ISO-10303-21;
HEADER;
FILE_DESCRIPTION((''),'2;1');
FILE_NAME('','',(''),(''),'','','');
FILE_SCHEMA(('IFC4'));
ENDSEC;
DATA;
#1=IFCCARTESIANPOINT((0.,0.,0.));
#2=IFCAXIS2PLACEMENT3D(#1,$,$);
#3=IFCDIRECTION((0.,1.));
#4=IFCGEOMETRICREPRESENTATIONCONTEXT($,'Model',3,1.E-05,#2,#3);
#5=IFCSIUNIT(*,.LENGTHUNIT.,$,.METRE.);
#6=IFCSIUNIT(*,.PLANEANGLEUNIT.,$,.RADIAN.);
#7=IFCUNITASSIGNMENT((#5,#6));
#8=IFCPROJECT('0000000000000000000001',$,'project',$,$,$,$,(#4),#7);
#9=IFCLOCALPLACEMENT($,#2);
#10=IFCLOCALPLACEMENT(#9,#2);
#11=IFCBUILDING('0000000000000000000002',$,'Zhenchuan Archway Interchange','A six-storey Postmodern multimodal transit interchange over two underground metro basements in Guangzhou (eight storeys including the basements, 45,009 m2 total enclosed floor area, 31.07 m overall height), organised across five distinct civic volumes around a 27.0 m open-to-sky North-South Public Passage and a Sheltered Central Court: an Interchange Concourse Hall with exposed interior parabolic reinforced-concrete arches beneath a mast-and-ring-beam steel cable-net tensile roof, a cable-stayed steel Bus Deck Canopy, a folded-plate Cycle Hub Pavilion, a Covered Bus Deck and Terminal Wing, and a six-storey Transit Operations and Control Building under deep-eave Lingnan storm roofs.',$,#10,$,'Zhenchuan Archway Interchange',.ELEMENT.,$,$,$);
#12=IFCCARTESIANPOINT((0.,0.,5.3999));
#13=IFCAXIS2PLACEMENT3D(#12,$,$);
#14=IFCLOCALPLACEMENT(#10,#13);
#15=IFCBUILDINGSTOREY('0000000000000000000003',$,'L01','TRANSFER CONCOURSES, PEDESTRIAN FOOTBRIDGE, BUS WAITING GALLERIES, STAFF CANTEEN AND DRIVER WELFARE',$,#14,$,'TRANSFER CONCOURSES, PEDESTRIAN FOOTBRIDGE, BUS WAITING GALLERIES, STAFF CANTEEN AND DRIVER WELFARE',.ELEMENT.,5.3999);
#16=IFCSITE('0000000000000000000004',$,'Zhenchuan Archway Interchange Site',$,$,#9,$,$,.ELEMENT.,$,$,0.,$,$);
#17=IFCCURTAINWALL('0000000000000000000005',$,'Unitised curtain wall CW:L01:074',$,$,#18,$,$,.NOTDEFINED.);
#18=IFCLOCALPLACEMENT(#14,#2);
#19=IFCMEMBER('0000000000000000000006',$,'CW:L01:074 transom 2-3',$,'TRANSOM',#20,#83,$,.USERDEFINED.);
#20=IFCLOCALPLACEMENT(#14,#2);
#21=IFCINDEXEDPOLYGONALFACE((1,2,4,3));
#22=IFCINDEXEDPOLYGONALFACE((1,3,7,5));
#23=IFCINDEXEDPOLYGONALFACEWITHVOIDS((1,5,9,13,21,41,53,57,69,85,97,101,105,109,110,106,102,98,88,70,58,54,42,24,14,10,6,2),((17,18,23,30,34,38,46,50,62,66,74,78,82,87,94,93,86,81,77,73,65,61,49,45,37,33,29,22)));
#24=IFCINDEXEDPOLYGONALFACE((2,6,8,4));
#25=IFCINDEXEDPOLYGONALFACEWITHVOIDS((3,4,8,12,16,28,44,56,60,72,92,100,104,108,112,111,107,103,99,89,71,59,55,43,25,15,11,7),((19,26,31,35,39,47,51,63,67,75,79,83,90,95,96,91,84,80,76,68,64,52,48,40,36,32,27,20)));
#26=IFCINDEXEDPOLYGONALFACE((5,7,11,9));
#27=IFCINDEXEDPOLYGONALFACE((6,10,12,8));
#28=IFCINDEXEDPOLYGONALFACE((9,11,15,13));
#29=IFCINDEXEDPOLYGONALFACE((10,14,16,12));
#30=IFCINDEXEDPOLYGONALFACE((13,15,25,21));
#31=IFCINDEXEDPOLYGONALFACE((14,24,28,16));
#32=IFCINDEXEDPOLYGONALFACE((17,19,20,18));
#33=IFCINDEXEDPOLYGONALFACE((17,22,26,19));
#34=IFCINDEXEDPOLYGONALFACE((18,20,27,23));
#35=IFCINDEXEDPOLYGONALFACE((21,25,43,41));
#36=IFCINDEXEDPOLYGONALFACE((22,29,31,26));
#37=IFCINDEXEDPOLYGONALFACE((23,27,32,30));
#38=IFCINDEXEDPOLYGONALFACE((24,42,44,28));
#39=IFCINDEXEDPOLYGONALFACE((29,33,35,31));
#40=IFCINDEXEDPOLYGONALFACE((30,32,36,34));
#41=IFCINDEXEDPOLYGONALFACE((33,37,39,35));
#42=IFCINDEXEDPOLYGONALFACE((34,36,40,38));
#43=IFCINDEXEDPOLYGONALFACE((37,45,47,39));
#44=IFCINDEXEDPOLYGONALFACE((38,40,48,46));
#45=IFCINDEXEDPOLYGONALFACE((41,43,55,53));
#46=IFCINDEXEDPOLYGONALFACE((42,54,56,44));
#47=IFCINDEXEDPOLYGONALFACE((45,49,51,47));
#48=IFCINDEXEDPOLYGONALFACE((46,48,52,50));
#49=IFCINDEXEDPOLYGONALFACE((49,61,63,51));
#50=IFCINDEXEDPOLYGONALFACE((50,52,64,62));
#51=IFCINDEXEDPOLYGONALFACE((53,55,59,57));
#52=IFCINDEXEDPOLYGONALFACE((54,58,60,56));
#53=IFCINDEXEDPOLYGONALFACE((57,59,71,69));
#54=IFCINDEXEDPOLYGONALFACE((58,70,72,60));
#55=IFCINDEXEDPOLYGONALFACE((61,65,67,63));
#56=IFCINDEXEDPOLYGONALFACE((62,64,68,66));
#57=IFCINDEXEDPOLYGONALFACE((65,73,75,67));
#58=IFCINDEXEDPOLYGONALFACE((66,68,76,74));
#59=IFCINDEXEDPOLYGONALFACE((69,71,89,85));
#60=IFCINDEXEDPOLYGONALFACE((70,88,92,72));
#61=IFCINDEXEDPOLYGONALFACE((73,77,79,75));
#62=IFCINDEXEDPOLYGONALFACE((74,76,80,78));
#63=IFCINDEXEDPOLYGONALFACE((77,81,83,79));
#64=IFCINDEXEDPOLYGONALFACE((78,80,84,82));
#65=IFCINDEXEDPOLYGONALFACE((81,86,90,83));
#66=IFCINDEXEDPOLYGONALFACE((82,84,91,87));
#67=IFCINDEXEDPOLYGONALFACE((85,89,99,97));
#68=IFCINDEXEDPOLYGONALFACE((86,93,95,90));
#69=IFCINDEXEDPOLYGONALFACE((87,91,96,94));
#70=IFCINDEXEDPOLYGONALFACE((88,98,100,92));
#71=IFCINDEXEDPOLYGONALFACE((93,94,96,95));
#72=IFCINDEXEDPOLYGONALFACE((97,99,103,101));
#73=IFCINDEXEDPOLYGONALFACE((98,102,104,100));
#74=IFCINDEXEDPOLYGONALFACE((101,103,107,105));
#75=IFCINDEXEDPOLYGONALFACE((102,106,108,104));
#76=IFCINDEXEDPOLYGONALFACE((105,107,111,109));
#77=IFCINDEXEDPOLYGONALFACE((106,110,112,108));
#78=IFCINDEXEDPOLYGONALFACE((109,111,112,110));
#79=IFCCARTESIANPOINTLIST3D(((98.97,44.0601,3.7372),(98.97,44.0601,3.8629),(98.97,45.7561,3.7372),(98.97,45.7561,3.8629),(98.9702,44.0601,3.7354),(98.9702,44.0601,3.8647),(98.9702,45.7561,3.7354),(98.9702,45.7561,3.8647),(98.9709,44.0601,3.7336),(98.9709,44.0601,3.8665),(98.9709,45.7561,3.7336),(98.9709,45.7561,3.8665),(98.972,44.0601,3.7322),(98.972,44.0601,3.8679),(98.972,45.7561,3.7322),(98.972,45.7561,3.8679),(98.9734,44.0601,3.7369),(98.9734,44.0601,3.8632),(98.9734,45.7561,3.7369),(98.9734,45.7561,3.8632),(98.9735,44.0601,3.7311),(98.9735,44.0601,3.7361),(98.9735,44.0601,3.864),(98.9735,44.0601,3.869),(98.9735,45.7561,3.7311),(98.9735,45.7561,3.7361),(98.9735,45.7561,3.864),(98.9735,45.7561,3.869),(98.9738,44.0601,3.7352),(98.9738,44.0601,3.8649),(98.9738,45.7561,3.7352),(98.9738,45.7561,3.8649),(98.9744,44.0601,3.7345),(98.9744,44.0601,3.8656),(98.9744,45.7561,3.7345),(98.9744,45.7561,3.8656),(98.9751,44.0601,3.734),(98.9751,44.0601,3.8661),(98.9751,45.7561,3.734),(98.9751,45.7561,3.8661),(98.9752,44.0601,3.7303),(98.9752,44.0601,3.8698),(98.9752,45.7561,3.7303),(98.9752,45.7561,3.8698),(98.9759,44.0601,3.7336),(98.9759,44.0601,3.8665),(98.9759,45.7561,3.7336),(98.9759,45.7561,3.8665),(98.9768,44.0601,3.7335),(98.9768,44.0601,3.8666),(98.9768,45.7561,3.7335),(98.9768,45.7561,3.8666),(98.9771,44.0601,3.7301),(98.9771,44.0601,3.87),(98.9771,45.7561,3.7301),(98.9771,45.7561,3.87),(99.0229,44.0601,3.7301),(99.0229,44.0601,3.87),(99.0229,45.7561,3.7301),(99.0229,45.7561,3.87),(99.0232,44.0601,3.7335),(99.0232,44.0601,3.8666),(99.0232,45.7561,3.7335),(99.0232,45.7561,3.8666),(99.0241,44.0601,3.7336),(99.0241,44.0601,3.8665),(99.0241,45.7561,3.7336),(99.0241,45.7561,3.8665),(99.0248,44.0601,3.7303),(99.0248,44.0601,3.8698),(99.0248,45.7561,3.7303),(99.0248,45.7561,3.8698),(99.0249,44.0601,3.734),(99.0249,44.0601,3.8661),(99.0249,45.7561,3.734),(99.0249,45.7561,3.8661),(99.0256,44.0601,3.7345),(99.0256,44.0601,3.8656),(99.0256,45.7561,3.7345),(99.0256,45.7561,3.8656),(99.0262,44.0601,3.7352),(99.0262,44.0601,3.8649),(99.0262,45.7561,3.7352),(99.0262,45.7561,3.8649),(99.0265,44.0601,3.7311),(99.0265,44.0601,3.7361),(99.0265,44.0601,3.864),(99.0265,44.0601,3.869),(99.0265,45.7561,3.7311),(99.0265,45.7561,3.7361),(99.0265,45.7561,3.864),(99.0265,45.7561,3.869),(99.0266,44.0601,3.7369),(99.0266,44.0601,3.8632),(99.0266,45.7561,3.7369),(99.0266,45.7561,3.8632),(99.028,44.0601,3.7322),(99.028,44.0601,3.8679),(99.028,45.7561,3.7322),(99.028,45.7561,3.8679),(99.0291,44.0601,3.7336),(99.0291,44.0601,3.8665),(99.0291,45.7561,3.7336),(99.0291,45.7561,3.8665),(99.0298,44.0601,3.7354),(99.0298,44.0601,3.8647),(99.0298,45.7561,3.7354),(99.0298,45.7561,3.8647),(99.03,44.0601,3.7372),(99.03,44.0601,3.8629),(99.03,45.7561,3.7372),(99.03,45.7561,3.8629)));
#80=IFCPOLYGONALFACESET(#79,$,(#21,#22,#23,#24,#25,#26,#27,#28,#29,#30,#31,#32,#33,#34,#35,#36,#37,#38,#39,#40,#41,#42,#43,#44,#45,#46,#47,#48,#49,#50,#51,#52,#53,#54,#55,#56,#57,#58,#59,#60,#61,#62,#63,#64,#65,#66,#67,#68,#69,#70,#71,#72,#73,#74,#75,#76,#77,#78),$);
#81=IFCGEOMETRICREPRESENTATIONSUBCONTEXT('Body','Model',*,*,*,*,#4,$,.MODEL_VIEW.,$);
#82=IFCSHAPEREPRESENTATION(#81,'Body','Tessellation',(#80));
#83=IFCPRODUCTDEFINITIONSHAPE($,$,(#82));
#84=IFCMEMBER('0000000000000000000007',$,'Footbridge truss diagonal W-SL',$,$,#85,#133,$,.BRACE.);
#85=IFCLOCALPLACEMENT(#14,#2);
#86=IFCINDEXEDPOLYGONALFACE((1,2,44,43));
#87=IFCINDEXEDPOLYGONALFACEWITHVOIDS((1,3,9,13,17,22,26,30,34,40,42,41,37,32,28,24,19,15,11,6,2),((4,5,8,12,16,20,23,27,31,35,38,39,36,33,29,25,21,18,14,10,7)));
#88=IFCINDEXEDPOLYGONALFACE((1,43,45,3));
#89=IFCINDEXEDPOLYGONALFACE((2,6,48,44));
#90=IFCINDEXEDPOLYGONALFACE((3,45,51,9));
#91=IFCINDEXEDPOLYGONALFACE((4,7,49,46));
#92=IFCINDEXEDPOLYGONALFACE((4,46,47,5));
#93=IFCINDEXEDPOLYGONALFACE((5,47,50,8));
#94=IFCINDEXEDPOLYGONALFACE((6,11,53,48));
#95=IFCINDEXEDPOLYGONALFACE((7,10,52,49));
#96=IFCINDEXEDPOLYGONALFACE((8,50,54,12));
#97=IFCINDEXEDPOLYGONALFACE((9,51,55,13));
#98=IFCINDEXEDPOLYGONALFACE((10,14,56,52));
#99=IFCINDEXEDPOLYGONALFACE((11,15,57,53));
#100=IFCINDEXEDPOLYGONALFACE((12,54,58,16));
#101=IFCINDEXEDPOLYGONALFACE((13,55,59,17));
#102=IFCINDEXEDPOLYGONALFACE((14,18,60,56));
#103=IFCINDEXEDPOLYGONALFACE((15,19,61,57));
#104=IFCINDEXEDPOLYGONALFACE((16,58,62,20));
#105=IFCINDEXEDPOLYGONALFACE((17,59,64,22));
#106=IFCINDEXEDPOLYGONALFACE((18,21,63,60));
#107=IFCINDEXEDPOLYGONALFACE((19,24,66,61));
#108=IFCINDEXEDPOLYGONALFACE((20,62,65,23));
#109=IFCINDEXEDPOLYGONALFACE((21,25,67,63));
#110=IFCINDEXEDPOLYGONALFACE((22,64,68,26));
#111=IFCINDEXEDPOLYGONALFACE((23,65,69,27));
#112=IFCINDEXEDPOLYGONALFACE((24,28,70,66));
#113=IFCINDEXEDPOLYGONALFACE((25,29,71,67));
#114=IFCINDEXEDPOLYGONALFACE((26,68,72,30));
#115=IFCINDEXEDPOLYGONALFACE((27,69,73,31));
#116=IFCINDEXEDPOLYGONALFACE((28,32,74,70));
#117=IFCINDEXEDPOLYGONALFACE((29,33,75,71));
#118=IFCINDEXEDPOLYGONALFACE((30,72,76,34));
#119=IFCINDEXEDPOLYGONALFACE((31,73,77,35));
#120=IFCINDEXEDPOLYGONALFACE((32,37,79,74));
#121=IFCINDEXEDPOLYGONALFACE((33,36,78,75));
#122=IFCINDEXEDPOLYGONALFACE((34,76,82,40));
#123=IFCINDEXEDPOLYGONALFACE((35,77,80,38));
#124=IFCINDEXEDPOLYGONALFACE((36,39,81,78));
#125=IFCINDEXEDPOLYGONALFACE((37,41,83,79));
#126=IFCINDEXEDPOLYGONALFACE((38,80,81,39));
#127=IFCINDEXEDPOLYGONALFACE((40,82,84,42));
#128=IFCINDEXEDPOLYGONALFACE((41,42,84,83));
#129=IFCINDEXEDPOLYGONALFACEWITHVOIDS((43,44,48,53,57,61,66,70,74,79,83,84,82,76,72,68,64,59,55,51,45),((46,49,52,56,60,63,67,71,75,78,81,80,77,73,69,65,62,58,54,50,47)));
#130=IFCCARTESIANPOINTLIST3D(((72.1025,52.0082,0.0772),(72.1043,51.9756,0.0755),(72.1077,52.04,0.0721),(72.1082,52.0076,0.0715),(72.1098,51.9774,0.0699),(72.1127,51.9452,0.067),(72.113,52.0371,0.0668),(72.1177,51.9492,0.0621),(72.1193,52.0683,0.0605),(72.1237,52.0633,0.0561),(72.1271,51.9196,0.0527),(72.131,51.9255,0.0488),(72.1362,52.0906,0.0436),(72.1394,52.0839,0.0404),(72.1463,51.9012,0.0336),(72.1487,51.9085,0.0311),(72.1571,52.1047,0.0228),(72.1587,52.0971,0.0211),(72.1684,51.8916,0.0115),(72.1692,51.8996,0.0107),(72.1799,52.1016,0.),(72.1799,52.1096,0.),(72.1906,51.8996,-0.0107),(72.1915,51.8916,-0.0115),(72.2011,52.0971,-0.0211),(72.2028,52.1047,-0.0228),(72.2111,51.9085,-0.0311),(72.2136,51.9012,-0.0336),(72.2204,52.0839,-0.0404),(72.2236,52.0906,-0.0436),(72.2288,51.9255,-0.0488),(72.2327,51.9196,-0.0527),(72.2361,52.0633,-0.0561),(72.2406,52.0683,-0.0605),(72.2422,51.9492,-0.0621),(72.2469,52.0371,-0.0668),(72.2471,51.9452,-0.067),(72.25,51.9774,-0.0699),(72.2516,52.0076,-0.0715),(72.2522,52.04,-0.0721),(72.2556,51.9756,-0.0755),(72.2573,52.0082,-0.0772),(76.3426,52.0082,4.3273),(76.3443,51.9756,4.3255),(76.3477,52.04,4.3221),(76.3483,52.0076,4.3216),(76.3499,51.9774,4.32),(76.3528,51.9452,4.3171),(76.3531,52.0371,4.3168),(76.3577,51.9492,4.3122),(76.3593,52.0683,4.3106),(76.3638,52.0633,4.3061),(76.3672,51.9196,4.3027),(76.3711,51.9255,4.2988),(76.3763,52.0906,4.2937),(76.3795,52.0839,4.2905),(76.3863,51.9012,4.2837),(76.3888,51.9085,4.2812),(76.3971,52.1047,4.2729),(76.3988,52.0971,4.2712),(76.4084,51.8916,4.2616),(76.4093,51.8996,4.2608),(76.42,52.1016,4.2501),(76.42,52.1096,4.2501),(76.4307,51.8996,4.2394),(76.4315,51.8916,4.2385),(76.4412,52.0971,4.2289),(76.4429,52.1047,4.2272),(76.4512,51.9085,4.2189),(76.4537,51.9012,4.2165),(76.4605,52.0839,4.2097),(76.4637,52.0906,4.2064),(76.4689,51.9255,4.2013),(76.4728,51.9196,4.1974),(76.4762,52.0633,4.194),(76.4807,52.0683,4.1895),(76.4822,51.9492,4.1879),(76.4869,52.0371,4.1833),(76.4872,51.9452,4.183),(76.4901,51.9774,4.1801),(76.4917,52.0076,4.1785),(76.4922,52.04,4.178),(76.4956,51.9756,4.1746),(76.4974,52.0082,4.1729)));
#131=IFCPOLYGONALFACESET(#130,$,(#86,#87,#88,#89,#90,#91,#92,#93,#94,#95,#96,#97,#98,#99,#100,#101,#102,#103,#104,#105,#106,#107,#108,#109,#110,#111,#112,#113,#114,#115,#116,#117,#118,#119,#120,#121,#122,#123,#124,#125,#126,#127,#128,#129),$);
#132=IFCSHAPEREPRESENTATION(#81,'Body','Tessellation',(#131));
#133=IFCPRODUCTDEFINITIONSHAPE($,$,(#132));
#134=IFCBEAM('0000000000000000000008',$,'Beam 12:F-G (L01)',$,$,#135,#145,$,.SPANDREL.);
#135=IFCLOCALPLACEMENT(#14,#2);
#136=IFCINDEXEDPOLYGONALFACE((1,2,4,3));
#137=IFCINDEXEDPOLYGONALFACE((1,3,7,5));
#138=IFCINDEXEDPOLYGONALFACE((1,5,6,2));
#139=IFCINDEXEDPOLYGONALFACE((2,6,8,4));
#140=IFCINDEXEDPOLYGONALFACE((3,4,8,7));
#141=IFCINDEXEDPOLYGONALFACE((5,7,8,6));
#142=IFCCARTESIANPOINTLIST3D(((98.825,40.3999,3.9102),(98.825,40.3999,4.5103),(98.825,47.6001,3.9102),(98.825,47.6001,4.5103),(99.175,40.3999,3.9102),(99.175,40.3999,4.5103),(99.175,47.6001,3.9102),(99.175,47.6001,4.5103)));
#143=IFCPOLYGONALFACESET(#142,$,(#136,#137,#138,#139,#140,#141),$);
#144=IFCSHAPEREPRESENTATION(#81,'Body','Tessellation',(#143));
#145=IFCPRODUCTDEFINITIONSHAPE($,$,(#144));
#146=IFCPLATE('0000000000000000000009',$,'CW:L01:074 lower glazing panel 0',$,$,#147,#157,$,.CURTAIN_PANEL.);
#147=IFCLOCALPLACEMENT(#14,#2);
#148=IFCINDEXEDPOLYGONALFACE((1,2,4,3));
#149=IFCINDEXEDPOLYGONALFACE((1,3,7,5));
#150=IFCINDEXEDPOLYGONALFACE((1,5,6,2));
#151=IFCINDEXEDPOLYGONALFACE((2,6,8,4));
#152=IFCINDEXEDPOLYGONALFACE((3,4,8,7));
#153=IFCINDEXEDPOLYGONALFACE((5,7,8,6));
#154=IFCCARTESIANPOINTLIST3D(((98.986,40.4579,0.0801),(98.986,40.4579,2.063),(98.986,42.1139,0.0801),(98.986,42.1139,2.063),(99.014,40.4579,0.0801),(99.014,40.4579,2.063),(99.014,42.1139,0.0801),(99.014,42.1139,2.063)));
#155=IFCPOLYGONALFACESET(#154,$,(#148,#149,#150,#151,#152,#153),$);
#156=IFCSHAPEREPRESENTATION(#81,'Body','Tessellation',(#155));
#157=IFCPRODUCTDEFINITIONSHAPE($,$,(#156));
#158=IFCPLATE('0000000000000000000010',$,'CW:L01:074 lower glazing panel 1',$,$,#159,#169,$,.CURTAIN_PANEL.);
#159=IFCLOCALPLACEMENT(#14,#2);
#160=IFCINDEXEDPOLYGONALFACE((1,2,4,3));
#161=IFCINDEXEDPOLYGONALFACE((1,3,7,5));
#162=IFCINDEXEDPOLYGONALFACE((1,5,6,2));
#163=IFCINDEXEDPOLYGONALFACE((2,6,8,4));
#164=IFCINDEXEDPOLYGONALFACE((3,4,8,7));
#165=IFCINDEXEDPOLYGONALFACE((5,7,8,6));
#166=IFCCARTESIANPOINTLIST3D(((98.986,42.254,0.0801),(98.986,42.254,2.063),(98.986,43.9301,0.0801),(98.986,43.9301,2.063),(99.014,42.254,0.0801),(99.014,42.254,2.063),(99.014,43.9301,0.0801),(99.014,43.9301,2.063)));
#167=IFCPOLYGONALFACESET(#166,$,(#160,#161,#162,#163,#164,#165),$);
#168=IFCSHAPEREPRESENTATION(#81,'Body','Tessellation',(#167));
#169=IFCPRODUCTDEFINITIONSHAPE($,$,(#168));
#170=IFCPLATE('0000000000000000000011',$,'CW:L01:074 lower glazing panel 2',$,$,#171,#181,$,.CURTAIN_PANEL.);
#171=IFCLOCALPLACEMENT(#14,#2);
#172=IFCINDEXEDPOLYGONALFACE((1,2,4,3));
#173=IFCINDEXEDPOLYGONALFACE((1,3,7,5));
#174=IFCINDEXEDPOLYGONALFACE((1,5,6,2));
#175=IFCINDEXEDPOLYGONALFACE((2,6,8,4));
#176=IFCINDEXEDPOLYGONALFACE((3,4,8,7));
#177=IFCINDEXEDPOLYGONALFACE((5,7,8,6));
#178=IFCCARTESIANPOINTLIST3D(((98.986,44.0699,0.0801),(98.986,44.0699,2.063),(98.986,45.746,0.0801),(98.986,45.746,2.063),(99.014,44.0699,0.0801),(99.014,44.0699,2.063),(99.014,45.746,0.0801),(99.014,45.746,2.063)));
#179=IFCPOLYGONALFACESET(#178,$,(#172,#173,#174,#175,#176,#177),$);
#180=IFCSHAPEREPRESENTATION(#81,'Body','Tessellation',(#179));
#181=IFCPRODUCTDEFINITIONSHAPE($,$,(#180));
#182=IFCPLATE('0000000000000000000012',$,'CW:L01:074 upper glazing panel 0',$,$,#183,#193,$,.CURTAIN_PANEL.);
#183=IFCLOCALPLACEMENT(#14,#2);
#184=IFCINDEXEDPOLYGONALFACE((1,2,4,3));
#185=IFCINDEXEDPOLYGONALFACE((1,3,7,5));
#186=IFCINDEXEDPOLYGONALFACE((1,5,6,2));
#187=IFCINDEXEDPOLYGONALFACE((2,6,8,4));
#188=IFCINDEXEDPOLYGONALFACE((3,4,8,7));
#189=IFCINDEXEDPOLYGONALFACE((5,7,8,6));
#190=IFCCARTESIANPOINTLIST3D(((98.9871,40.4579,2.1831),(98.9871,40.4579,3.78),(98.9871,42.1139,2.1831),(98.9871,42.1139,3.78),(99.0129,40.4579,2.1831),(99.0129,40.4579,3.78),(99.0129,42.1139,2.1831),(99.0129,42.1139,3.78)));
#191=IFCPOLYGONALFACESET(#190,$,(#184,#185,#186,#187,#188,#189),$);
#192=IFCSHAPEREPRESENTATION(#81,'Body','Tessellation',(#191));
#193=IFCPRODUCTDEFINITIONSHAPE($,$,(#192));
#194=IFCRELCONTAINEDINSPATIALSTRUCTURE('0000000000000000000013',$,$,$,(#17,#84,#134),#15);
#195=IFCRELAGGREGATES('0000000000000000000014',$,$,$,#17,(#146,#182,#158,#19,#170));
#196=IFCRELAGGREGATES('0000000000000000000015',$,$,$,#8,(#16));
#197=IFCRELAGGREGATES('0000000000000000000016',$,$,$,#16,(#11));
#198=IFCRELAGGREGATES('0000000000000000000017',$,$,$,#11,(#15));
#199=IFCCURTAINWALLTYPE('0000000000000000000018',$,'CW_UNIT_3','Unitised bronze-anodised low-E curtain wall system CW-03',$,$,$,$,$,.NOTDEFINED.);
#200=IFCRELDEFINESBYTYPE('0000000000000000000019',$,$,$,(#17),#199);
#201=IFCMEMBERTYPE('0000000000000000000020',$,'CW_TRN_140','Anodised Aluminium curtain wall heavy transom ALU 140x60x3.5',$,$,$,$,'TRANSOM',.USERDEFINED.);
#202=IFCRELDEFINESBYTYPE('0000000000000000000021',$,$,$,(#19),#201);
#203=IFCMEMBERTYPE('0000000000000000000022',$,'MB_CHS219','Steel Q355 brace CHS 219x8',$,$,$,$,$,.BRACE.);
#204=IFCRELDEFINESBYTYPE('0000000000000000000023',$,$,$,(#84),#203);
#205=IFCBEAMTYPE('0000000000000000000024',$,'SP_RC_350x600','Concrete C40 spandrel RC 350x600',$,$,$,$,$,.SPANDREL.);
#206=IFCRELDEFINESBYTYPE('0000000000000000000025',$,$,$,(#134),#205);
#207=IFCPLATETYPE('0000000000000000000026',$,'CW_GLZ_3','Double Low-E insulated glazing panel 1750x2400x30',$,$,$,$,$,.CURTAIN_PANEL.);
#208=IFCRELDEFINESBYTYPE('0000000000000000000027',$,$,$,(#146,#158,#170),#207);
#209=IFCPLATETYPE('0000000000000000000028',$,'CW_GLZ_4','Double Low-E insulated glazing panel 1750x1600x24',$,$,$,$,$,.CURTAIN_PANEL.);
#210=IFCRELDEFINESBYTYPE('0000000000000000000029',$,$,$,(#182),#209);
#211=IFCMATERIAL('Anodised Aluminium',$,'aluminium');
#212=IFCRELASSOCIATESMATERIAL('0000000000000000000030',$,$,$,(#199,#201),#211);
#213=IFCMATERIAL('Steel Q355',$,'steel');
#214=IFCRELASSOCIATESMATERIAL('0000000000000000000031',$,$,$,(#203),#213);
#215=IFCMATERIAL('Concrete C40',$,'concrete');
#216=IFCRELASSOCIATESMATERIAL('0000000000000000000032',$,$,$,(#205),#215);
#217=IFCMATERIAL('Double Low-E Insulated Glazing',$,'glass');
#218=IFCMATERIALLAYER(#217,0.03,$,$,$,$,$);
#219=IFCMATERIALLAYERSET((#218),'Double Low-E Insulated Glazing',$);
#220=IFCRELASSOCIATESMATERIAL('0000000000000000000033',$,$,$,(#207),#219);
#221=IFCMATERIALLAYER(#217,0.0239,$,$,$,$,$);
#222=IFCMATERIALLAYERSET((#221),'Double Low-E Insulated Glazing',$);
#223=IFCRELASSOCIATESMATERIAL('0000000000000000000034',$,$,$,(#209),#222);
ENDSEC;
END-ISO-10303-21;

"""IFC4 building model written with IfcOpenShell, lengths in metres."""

from ifc_helpers import new_model, si_unit, direction, frame, origin, origin_2d, place, context, subcontext, project, spatial, rectangle, hollow_rectangle, hollow_circle, extrude, material, layer, layer_set, material_profile, profile_set, type_object, element, aggregate, save


model = new_model("IFC4")

# Units and contexts
model_context = context("Model", 3, precision=1e-05, world=origin(), true_north=direction((0.0, 1.0)))
body_context = subcontext(model_context, "Body", "Model", "MODEL_VIEW")
ifc_project = project(units=[si_unit("LENGTHUNIT", "METRE"), si_unit("PLANEANGLEUNIT", "RADIAN")], contexts=[model_context])

# Site, building, storey
site_placement = place(None, origin())
site = spatial("IfcSite", under=ifc_project, at=site_placement, Name="Zhenchuan Archway Interchange Site", CompositionType="ELEMENT", RefElevation=0.0)
building_placement = place(site_placement, origin())
building = spatial("IfcBuilding", under=site, at=building_placement, Name="Zhenchuan Archway Interchange", Description="A six-storey Postmodern multimodal transit interchange over two underground metro basements in Guangzhou (eight storeys including the basements, 45,009 m2 total enclosed floor area, 31.07 m overall height), organised across five distinct civic volumes around a 27.0 m open-to-sky North-South Public Passage and a Sheltered Central Court: an Interchange Concourse Hall with exposed interior parabolic reinforced-concrete arches beneath a mast-and-ring-beam steel cable-net tensile roof, a cable-stayed steel Bus Deck Canopy, a folded-plate Cycle Hub Pavilion, a Covered Bus Deck and Terminal Wing, and a six-storey Transit Operations and Control Building under deep-eave Lingnan storm roofs.", LongName="Zhenchuan Archway Interchange", CompositionType="ELEMENT")
storey_placement = place(building_placement, frame((0.0, 0.0, 5.3999)))
storey = spatial("IfcBuildingStorey", under=building, at=storey_placement, Name="L01", Description="TRANSFER CONCOURSES, PEDESTRIAN FOOTBRIDGE, BUS WAITING GALLERIES, STAFF CANTEEN AND DRIVER WELFARE", LongName="TRANSFER CONCOURSES, PEDESTRIAN FOOTBRIDGE, BUS WAITING GALLERIES, STAFF CANTEEN AND DRIVER WELFARE", CompositionType="ELEMENT", Elevation=5.3999)

# Shared definitions
ifc_material_1 = material(Name="Concrete C40", Category="concrete")

# Curtain wall
ifc_material_2 = material(Name="Anodised Aluminium", Category="aluminium")
curtain_wall_type_1 = type_object("IfcCurtainWallType", Name="CW_UNIT_3", Description="Unitised bronze-anodised low-E curtain wall system CW-03", PredefinedType="NOTDEFINED", material=ifc_material_2)
curtain_wall_1_placement = place(storey_placement, origin())
curtain_wall_1 = element("IfcCurtainWall", 1, at=curtain_wall_1_placement, inside=storey, type_object=curtain_wall_type_1, Name="Unitised curtain wall CW:L01:074", PredefinedType="NOTDEFINED")

# Members
ifc_material_profile_1 = material_profile(ifc_material_2, hollow_rectangle(XDim=0.0601, YDim=0.1399, WallThickness=0.0034, InnerFilletRadius=0.0034, OuterFilletRadius=0.0071, at=origin_2d()), Name="ALU 140x60x3.5")
ifc_profile_set_1 = profile_set([ifc_material_profile_1], Name="Anodised Aluminium")
member_type_1 = type_object("IfcMemberType", Name="CW_TRN_140", Description="Anodised Aluminium curtain wall heavy transom ALU 140x60x3.5", ElementType="TRANSOM", PredefinedType="USERDEFINED", material=ifc_profile_set_1)
member_1_placement = place(storey_placement, frame((99.0, 44.0601, 3.8), z_axis=(0.0, 1.0, 0.0), x_axis=(-1.0, 0.0, 0.0)))
member_1 = element("IfcMember", 2, at=member_1_placement, type_object=member_type_1, Name="CW:L01:074 transom 2-3", ObjectType="TRANSOM", PredefinedType="USERDEFINED", context=body_context, shape_type="SweptSolid", body=[
    extrude(hollow_rectangle(XDim=0.0601, YDim=0.1399, WallThickness=0.0034, InnerFilletRadius=0.0034, OuterFilletRadius=0.0071, at=origin_2d()), origin(), (0.0, 0.0, 1.0), 1.696),
])
ifc_material_3 = material(Name="Steel Q355", Category="steel")
ifc_material_profile_2 = material_profile(ifc_material_3, hollow_circle(Radius=0.1096, WallThickness=0.0081, at=origin_2d()), Name="CHS 219x8")
ifc_profile_set_2 = profile_set([ifc_material_profile_2], Name="Steel Q355")
member_type_2 = type_object("IfcMemberType", Name="MB_CHS219", Description="Steel Q355 brace CHS 219x8", PredefinedType="BRACE", material=ifc_profile_set_2)
member_2_placement = place(storey_placement, frame((72.1799, 52.0, 0.0), z_axis=(0.706273, 0.0, 0.70794), x_axis=(0.0, 1.0, 0.0)))
element("IfcMember", 3, at=member_2_placement, inside=storey, type_object=member_type_2, Name="Footbridge truss diagonal W-SL", PredefinedType="BRACE", context=body_context, shape_type="SweptSolid", body=[
    extrude(hollow_circle(Radius=0.1096, WallThickness=0.0081, at=origin_2d()), origin(), (0.0, 0.0, 1.0), 6.0034),
])

# Beam
ifc_material_profile_3 = material_profile(ifc_material_1, rectangle(XDim=0.3501, YDim=0.6001, at=origin_2d()), Name="RC 350x600")
ifc_profile_set_3 = profile_set([ifc_material_profile_3], Name="Concrete C40")
beam_type_1 = type_object("IfcBeamType", Name="SP_RC_350x600", Description="Concrete C40 spandrel RC 350x600", PredefinedType="SPANDREL", material=ifc_profile_set_3)
beam_1_placement = place(storey_placement, frame((99.0, 40.3999, 4.2102), z_axis=(0.0, 1.0, 0.0), x_axis=(-1.0, 0.0, 0.0)))
element("IfcBeam", 4, at=beam_1_placement, inside=storey, type_object=beam_type_1, Name="Beam 12:F-G (L01)", PredefinedType="SPANDREL", context=body_context, shape_type="SweptSolid", body=[
    extrude(rectangle(XDim=0.3501, YDim=0.6001, at=origin_2d()), origin(), (0.0, 0.0, 1.0), 7.2002),
])

# Plates
ifc_material_4 = material(Name="Double Low-E Insulated Glazing", Category="glass")
ifc_layer_1 = layer(ifc_material_4, 0.03)
ifc_layer_set_1 = layer_set([ifc_layer_1], Name="Double Low-E Insulated Glazing")
plate_type_1 = type_object("IfcPlateType", Name="CW_GLZ_3", Description="Double Low-E insulated glazing panel 1750x2400x30", PredefinedType="CURTAIN_PANEL", material=ifc_layer_set_1)
plate_1_placement = place(storey_placement, frame((99.0, 41.2859, 0.0801), z_axis=(0.0, 0.0, 1.0), x_axis=(0.0, 1.0, 0.0)))
plate_1 = element("IfcPlate", 5, at=plate_1_placement, type_object=plate_type_1, Name="CW:L01:074 lower glazing panel 0", PredefinedType="CURTAIN_PANEL", context=body_context, shape_type="SweptSolid", body=[
    extrude(rectangle(XDim=1.656, YDim=0.0281, at=origin_2d()), origin(), (0.0, 0.0, 1.0), 1.9829),
])
plate_2_placement = place(storey_placement, frame((99.0, 43.092, 0.0801), z_axis=(0.0, 0.0, 1.0), x_axis=(0.0, 1.0, 0.0)))
plate_2 = element("IfcPlate", 6, at=plate_2_placement, type_object=plate_type_1, Name="CW:L01:074 lower glazing panel 1", PredefinedType="CURTAIN_PANEL", context=body_context, shape_type="SweptSolid", body=[
    extrude(rectangle(XDim=1.676, YDim=0.0281, at=origin_2d()), origin(), (0.0, 0.0, 1.0), 1.9829),
])
plate_3_placement = place(storey_placement, frame((99.0, 44.908, 0.0801), z_axis=(0.0, 0.0, 1.0), x_axis=(0.0, 1.0, 0.0)))
plate_3 = element("IfcPlate", 7, at=plate_3_placement, type_object=plate_type_1, Name="CW:L01:074 lower glazing panel 2", PredefinedType="CURTAIN_PANEL", context=body_context, shape_type="SweptSolid", body=[
    extrude(rectangle(XDim=1.676, YDim=0.0281, at=origin_2d()), origin(), (0.0, 0.0, 1.0), 1.9829),
])
ifc_layer_2 = layer(ifc_material_4, 0.0239)
ifc_layer_set_2 = layer_set([ifc_layer_2], Name="Double Low-E Insulated Glazing")
plate_type_2 = type_object("IfcPlateType", Name="CW_GLZ_4", Description="Double Low-E insulated glazing panel 1750x1600x24", PredefinedType="CURTAIN_PANEL", material=ifc_layer_set_2)
plate_4_placement = place(storey_placement, frame((99.0, 41.2859, 2.1831), z_axis=(0.0, 0.0, 1.0), x_axis=(0.0, 1.0, 0.0)))
plate_4 = element("IfcPlate", 8, at=plate_4_placement, type_object=plate_type_2, Name="CW:L01:074 upper glazing panel 0", PredefinedType="CURTAIN_PANEL", context=body_context, shape_type="SweptSolid", body=[
    extrude(rectangle(XDim=1.656, YDim=0.0259, at=origin_2d()), origin(), (0.0, 0.0, 1.0), 1.5969),
])
aggregate(curtain_wall_1, [plate_1, plate_4, plate_2, member_1, plate_3])

save(model, "model.ifc")
